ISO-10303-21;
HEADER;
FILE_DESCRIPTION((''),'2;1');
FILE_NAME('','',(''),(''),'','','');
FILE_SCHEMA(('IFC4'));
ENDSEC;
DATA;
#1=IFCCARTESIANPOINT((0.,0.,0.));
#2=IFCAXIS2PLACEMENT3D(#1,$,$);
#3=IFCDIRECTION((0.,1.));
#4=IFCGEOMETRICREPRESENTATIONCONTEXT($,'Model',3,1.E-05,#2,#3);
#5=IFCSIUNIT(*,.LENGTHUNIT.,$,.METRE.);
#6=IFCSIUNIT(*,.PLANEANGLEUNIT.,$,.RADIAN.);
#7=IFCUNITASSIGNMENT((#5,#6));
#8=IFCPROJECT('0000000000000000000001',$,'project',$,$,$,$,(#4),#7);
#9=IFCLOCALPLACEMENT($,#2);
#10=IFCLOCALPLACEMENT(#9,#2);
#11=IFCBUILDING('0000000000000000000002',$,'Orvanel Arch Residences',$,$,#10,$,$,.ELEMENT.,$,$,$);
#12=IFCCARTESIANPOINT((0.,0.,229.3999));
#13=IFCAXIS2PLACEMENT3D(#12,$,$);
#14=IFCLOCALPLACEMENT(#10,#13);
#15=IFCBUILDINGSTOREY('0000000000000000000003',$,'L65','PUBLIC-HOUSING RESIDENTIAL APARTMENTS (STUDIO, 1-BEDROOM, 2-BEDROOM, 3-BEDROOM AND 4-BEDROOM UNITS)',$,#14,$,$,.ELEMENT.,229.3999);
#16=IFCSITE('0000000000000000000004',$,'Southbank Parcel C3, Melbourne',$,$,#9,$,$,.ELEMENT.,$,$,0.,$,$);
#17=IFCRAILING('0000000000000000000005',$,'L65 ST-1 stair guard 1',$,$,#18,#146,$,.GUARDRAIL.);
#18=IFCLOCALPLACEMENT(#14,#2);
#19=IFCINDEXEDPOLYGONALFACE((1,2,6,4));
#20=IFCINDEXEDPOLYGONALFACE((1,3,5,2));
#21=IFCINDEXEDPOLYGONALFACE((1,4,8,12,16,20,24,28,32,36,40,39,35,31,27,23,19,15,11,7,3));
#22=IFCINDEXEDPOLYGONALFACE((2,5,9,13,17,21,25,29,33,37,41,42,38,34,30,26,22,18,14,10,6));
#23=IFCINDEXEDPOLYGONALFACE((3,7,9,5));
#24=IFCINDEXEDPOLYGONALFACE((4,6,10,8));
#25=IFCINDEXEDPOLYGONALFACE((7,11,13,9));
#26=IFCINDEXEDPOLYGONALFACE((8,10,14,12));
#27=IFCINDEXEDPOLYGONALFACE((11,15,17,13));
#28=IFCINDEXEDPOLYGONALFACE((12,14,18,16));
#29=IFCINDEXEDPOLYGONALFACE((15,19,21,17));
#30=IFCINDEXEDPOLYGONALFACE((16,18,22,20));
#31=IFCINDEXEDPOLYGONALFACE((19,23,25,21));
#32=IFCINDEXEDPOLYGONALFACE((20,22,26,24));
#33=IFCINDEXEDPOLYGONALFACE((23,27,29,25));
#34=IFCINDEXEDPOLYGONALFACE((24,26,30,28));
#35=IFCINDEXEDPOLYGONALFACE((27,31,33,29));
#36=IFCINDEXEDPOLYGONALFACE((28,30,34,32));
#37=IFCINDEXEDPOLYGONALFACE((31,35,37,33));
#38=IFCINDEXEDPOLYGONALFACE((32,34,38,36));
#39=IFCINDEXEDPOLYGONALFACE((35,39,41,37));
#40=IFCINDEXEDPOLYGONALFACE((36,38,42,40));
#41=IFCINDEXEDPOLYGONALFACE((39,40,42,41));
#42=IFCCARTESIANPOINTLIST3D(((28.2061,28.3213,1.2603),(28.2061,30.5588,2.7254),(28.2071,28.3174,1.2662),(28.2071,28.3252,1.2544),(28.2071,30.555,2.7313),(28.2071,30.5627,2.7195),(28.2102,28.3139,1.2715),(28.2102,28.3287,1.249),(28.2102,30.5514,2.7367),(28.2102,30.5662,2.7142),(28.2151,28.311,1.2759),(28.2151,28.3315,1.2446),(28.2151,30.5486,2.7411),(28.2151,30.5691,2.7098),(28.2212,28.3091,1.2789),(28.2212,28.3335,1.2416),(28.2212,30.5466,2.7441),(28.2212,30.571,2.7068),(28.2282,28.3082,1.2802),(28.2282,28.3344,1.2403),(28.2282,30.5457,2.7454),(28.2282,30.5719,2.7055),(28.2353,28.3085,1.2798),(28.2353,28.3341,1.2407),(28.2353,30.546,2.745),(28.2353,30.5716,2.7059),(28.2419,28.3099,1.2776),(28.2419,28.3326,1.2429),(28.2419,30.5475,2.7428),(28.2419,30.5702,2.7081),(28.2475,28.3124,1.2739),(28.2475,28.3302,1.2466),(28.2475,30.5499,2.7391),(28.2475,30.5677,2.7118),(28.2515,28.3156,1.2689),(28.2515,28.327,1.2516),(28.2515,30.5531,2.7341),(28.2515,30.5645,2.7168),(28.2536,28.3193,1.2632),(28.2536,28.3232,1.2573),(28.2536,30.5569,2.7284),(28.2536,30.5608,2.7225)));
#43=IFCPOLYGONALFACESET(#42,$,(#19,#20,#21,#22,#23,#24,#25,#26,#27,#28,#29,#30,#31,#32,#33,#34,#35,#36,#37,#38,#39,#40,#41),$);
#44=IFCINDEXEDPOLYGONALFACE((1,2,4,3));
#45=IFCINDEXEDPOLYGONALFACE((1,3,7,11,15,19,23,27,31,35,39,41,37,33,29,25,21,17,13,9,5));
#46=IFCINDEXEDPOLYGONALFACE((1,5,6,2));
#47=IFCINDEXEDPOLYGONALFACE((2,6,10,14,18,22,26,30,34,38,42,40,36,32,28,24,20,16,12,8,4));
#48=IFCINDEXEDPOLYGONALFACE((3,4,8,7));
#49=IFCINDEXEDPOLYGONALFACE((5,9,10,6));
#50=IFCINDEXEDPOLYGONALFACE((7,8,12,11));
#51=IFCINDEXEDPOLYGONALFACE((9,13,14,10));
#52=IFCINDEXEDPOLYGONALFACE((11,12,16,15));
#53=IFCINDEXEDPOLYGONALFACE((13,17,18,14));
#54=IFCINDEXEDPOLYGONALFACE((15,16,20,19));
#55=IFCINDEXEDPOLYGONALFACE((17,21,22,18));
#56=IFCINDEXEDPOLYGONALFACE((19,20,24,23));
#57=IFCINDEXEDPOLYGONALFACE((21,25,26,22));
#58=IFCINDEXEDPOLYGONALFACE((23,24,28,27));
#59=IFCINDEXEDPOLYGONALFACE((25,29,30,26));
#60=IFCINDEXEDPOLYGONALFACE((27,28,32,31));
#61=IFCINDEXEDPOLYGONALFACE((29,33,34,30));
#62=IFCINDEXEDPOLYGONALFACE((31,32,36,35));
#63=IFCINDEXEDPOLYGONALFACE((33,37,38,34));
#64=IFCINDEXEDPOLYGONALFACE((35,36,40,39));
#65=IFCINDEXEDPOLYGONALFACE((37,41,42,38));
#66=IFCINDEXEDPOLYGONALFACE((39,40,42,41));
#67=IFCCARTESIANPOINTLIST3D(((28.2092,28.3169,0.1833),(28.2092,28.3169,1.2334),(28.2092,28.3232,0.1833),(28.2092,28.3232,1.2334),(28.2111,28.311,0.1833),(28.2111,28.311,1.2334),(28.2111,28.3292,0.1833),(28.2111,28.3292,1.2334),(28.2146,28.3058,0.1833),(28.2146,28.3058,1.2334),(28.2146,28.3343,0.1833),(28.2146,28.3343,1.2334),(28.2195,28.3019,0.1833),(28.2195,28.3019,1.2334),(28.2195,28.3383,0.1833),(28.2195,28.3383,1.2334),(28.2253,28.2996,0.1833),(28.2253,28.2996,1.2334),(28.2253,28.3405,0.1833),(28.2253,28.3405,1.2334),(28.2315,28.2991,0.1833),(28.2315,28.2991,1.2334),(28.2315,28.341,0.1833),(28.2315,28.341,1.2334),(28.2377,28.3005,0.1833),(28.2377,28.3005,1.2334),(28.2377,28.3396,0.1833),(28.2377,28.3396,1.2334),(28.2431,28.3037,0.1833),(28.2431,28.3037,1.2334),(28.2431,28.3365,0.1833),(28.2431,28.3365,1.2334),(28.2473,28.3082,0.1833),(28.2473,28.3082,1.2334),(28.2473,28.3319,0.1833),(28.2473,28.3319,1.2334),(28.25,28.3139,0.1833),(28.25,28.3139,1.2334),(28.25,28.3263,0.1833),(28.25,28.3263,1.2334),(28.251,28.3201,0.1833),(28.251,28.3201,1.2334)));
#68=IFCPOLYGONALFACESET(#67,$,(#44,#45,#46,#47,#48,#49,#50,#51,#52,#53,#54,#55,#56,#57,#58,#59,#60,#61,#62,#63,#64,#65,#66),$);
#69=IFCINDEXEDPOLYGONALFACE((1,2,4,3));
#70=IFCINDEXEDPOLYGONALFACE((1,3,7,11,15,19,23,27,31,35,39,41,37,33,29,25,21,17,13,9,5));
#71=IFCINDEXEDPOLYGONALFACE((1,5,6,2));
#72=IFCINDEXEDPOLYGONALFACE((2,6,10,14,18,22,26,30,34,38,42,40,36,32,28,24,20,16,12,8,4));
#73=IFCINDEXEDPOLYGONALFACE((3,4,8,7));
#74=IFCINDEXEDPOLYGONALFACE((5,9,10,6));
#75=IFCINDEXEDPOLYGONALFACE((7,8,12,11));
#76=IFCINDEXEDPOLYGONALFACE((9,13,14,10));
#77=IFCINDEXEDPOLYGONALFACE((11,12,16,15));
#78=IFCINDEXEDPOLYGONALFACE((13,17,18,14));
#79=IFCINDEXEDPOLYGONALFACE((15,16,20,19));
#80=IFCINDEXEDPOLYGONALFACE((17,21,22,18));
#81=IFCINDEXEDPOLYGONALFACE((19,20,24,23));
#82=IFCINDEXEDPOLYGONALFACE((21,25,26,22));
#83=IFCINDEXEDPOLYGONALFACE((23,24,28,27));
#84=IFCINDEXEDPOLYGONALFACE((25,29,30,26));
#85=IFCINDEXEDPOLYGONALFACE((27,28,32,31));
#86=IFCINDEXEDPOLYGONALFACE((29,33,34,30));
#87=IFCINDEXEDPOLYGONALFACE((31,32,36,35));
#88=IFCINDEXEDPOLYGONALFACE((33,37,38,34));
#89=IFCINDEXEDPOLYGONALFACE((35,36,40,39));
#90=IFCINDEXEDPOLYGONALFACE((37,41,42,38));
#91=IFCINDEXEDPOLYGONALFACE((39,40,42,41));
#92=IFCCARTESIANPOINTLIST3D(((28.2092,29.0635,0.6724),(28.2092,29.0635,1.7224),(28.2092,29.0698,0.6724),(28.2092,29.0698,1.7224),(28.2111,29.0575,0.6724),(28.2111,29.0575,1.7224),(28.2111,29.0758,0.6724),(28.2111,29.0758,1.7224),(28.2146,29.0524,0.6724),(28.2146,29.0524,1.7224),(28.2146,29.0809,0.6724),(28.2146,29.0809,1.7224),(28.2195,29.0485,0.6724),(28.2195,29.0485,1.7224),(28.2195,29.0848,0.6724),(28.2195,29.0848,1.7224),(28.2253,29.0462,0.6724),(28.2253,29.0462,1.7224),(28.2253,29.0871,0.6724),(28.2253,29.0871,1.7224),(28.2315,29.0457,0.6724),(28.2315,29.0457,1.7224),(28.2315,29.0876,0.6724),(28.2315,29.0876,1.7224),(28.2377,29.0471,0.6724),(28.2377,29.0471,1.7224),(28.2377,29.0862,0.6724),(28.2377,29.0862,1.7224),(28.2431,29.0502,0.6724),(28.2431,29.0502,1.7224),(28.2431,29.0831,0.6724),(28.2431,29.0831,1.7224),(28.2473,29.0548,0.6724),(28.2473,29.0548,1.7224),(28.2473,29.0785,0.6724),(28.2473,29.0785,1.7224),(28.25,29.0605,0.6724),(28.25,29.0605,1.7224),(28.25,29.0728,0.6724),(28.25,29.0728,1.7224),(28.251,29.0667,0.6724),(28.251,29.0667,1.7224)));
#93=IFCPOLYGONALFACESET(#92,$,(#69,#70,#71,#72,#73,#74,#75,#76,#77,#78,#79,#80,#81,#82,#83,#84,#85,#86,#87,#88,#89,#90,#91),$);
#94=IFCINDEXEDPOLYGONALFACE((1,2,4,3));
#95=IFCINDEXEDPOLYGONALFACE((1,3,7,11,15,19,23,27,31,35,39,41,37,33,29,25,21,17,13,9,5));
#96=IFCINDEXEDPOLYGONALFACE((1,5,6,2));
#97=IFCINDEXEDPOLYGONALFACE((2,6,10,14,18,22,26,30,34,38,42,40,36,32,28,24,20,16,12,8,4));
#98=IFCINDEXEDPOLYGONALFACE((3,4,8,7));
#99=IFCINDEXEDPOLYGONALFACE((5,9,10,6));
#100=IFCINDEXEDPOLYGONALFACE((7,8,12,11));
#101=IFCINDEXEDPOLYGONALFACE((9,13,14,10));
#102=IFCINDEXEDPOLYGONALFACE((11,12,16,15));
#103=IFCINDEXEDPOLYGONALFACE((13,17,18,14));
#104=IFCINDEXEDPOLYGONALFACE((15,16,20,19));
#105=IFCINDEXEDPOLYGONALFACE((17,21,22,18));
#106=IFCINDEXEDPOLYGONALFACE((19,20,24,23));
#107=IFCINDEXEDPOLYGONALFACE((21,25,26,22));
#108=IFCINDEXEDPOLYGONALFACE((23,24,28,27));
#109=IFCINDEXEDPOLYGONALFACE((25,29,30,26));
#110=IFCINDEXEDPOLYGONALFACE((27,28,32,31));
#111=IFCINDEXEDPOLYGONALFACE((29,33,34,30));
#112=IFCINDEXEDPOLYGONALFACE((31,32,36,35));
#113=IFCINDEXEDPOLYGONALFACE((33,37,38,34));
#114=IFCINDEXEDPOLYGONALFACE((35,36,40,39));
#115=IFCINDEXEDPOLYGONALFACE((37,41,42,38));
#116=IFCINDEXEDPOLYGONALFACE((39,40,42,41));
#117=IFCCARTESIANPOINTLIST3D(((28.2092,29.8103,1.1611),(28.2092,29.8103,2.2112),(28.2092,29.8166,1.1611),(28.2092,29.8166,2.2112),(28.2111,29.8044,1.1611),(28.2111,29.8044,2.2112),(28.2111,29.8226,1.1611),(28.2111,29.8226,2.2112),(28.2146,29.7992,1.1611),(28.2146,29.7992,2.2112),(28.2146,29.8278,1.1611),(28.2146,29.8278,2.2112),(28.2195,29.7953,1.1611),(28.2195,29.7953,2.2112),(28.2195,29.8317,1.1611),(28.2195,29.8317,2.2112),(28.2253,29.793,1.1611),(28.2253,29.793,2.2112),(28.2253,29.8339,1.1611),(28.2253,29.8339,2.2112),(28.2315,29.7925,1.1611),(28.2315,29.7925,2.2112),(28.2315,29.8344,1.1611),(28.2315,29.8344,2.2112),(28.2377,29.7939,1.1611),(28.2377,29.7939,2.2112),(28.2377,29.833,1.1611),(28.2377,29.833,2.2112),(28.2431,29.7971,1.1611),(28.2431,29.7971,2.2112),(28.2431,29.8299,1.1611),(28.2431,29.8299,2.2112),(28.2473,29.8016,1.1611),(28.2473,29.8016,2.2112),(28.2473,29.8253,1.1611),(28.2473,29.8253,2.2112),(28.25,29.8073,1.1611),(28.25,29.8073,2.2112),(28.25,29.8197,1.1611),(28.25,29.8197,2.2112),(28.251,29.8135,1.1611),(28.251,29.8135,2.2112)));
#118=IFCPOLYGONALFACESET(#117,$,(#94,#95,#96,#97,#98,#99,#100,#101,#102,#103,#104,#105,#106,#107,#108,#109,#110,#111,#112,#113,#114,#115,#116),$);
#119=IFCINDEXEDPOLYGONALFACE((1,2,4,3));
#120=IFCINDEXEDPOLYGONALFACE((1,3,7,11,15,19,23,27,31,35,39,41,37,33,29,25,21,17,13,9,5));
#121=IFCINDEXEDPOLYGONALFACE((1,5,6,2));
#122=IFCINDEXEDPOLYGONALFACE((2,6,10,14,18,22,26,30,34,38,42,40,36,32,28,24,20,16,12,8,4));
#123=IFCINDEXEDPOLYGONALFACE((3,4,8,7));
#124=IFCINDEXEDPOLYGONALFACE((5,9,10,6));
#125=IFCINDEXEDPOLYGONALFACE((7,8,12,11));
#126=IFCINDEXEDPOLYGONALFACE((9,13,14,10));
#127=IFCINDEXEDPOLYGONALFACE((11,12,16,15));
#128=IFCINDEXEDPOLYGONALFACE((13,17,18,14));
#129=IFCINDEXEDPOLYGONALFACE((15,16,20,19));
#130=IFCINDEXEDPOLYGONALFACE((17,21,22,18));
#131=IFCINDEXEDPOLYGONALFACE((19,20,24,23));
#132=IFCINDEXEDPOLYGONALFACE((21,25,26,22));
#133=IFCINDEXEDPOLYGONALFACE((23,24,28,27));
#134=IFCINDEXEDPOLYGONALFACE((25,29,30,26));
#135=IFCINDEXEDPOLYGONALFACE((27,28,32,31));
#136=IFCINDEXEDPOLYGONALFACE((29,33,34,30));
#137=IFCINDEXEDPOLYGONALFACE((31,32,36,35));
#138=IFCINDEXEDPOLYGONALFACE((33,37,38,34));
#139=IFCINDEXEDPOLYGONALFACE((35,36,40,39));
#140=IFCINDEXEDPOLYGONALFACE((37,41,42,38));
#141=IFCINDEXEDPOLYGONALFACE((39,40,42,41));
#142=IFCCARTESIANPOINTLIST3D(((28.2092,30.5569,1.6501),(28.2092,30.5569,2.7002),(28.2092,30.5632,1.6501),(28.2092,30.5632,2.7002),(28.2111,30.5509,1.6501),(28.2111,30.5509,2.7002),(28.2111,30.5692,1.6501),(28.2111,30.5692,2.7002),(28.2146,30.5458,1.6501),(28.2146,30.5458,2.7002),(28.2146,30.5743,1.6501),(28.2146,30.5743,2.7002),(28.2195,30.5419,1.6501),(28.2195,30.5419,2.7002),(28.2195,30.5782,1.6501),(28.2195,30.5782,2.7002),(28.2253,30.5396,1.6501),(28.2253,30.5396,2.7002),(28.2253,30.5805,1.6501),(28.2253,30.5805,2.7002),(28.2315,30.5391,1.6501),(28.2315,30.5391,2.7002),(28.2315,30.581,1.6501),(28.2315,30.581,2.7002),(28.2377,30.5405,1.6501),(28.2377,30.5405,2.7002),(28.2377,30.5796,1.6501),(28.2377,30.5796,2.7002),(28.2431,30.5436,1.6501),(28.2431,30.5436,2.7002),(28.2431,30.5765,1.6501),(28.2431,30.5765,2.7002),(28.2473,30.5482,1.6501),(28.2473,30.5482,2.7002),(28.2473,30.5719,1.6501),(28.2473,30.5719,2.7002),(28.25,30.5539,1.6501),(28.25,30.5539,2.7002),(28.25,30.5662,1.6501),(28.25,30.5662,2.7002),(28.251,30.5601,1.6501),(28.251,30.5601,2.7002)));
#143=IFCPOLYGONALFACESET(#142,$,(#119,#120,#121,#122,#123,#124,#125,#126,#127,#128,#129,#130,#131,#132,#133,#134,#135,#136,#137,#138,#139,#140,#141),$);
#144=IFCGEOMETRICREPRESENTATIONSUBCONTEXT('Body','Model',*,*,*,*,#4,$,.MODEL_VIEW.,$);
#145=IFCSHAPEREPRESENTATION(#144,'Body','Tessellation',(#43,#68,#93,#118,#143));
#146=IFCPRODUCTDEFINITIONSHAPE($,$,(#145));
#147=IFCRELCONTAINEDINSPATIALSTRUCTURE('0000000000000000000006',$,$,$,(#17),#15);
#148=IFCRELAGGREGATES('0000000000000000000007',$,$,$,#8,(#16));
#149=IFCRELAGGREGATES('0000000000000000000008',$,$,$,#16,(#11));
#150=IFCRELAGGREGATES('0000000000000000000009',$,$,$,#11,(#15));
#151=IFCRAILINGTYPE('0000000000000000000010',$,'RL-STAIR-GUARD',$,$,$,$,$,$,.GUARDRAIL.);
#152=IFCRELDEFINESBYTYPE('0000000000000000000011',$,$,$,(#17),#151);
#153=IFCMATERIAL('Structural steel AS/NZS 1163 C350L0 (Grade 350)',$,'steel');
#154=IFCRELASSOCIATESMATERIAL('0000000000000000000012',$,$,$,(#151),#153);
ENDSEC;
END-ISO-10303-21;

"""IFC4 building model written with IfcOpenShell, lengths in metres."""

from ifc_helpers import new_model, si_unit, direction, frame, origin, origin_2d, place, context, subcontext, project, spatial, circle, extrude, material, type_object, element, save


model = new_model("IFC4")

# Units and contexts
model_context = context("Model", 3, precision=1e-05, world=origin(), true_north=direction((0.0, 1.0)))
body_context = subcontext(model_context, "Body", "Model", "MODEL_VIEW")
ifc_project = project(units=[si_unit("LENGTHUNIT", "METRE"), si_unit("PLANEANGLEUNIT", "RADIAN")], contexts=[model_context])

# Site, building, storey
site_placement = place(None, origin())
site = spatial("IfcSite", under=ifc_project, at=site_placement, Name="Southbank Parcel C3, Melbourne", CompositionType="ELEMENT", RefElevation=0.0)
building_placement = place(site_placement, origin())
building = spatial("IfcBuilding", under=site, at=building_placement, Name="Orvanel Arch Residences", CompositionType="ELEMENT")
storey_placement = place(building_placement, frame((0.0, 0.0, 229.3999)))
storey = spatial("IfcBuildingStorey", under=building, at=storey_placement, Name="L65", Description="PUBLIC-HOUSING RESIDENTIAL APARTMENTS (STUDIO, 1-BEDROOM, 2-BEDROOM, 3-BEDROOM AND 4-BEDROOM UNITS)", CompositionType="ELEMENT", Elevation=229.3999)

# Shared definitions
ifc_material_1 = material(Name="Structural steel AS/NZS 1163 C350L0 (Grade 350)", Category="steel")

# Railing
railing_type_1 = type_object("IfcRailingType", Name="RL-STAIR-GUARD", PredefinedType="GUARDRAIL", material=ifc_material_1)
railing_1_placement = place(storey_placement, frame((28.23, 28.3201, 0.1833)))
element("IfcRailing", 1, at=railing_1_placement, inside=storey, type_object=railing_type_1, Name="L65 ST-1 stair guard 1", PredefinedType="GUARDRAIL", context=body_context, shape_type="SweptSolid", body=[
    extrude(circle(Radius=0.0239, at=origin_2d()), frame((0.0, 0.0012, 1.0769), z_axis=(0.0, 0.836595, 0.547822), x_axis=(-1.0, 0.0, 0.0)), (0.0, 0.0, 1.0), 2.6746),
    extrude(circle(Radius=0.021, at=origin_2d()), origin(), (0.0, 0.0, 1.0), 1.05),
    extrude(circle(Radius=0.021, at=origin_2d()), frame((0.0, 0.7466, 0.489)), (0.0, 0.0, 1.0), 1.05),
    extrude(circle(Radius=0.021, at=origin_2d()), frame((0.0, 1.4934, 0.9778)), (0.0, 0.0, 1.0), 1.05),
    extrude(circle(Radius=0.021, at=origin_2d()), frame((0.0, 2.24, 1.4668)), (0.0, 0.0, 1.0), 1.05),
])

save(model, "model.ifc")
